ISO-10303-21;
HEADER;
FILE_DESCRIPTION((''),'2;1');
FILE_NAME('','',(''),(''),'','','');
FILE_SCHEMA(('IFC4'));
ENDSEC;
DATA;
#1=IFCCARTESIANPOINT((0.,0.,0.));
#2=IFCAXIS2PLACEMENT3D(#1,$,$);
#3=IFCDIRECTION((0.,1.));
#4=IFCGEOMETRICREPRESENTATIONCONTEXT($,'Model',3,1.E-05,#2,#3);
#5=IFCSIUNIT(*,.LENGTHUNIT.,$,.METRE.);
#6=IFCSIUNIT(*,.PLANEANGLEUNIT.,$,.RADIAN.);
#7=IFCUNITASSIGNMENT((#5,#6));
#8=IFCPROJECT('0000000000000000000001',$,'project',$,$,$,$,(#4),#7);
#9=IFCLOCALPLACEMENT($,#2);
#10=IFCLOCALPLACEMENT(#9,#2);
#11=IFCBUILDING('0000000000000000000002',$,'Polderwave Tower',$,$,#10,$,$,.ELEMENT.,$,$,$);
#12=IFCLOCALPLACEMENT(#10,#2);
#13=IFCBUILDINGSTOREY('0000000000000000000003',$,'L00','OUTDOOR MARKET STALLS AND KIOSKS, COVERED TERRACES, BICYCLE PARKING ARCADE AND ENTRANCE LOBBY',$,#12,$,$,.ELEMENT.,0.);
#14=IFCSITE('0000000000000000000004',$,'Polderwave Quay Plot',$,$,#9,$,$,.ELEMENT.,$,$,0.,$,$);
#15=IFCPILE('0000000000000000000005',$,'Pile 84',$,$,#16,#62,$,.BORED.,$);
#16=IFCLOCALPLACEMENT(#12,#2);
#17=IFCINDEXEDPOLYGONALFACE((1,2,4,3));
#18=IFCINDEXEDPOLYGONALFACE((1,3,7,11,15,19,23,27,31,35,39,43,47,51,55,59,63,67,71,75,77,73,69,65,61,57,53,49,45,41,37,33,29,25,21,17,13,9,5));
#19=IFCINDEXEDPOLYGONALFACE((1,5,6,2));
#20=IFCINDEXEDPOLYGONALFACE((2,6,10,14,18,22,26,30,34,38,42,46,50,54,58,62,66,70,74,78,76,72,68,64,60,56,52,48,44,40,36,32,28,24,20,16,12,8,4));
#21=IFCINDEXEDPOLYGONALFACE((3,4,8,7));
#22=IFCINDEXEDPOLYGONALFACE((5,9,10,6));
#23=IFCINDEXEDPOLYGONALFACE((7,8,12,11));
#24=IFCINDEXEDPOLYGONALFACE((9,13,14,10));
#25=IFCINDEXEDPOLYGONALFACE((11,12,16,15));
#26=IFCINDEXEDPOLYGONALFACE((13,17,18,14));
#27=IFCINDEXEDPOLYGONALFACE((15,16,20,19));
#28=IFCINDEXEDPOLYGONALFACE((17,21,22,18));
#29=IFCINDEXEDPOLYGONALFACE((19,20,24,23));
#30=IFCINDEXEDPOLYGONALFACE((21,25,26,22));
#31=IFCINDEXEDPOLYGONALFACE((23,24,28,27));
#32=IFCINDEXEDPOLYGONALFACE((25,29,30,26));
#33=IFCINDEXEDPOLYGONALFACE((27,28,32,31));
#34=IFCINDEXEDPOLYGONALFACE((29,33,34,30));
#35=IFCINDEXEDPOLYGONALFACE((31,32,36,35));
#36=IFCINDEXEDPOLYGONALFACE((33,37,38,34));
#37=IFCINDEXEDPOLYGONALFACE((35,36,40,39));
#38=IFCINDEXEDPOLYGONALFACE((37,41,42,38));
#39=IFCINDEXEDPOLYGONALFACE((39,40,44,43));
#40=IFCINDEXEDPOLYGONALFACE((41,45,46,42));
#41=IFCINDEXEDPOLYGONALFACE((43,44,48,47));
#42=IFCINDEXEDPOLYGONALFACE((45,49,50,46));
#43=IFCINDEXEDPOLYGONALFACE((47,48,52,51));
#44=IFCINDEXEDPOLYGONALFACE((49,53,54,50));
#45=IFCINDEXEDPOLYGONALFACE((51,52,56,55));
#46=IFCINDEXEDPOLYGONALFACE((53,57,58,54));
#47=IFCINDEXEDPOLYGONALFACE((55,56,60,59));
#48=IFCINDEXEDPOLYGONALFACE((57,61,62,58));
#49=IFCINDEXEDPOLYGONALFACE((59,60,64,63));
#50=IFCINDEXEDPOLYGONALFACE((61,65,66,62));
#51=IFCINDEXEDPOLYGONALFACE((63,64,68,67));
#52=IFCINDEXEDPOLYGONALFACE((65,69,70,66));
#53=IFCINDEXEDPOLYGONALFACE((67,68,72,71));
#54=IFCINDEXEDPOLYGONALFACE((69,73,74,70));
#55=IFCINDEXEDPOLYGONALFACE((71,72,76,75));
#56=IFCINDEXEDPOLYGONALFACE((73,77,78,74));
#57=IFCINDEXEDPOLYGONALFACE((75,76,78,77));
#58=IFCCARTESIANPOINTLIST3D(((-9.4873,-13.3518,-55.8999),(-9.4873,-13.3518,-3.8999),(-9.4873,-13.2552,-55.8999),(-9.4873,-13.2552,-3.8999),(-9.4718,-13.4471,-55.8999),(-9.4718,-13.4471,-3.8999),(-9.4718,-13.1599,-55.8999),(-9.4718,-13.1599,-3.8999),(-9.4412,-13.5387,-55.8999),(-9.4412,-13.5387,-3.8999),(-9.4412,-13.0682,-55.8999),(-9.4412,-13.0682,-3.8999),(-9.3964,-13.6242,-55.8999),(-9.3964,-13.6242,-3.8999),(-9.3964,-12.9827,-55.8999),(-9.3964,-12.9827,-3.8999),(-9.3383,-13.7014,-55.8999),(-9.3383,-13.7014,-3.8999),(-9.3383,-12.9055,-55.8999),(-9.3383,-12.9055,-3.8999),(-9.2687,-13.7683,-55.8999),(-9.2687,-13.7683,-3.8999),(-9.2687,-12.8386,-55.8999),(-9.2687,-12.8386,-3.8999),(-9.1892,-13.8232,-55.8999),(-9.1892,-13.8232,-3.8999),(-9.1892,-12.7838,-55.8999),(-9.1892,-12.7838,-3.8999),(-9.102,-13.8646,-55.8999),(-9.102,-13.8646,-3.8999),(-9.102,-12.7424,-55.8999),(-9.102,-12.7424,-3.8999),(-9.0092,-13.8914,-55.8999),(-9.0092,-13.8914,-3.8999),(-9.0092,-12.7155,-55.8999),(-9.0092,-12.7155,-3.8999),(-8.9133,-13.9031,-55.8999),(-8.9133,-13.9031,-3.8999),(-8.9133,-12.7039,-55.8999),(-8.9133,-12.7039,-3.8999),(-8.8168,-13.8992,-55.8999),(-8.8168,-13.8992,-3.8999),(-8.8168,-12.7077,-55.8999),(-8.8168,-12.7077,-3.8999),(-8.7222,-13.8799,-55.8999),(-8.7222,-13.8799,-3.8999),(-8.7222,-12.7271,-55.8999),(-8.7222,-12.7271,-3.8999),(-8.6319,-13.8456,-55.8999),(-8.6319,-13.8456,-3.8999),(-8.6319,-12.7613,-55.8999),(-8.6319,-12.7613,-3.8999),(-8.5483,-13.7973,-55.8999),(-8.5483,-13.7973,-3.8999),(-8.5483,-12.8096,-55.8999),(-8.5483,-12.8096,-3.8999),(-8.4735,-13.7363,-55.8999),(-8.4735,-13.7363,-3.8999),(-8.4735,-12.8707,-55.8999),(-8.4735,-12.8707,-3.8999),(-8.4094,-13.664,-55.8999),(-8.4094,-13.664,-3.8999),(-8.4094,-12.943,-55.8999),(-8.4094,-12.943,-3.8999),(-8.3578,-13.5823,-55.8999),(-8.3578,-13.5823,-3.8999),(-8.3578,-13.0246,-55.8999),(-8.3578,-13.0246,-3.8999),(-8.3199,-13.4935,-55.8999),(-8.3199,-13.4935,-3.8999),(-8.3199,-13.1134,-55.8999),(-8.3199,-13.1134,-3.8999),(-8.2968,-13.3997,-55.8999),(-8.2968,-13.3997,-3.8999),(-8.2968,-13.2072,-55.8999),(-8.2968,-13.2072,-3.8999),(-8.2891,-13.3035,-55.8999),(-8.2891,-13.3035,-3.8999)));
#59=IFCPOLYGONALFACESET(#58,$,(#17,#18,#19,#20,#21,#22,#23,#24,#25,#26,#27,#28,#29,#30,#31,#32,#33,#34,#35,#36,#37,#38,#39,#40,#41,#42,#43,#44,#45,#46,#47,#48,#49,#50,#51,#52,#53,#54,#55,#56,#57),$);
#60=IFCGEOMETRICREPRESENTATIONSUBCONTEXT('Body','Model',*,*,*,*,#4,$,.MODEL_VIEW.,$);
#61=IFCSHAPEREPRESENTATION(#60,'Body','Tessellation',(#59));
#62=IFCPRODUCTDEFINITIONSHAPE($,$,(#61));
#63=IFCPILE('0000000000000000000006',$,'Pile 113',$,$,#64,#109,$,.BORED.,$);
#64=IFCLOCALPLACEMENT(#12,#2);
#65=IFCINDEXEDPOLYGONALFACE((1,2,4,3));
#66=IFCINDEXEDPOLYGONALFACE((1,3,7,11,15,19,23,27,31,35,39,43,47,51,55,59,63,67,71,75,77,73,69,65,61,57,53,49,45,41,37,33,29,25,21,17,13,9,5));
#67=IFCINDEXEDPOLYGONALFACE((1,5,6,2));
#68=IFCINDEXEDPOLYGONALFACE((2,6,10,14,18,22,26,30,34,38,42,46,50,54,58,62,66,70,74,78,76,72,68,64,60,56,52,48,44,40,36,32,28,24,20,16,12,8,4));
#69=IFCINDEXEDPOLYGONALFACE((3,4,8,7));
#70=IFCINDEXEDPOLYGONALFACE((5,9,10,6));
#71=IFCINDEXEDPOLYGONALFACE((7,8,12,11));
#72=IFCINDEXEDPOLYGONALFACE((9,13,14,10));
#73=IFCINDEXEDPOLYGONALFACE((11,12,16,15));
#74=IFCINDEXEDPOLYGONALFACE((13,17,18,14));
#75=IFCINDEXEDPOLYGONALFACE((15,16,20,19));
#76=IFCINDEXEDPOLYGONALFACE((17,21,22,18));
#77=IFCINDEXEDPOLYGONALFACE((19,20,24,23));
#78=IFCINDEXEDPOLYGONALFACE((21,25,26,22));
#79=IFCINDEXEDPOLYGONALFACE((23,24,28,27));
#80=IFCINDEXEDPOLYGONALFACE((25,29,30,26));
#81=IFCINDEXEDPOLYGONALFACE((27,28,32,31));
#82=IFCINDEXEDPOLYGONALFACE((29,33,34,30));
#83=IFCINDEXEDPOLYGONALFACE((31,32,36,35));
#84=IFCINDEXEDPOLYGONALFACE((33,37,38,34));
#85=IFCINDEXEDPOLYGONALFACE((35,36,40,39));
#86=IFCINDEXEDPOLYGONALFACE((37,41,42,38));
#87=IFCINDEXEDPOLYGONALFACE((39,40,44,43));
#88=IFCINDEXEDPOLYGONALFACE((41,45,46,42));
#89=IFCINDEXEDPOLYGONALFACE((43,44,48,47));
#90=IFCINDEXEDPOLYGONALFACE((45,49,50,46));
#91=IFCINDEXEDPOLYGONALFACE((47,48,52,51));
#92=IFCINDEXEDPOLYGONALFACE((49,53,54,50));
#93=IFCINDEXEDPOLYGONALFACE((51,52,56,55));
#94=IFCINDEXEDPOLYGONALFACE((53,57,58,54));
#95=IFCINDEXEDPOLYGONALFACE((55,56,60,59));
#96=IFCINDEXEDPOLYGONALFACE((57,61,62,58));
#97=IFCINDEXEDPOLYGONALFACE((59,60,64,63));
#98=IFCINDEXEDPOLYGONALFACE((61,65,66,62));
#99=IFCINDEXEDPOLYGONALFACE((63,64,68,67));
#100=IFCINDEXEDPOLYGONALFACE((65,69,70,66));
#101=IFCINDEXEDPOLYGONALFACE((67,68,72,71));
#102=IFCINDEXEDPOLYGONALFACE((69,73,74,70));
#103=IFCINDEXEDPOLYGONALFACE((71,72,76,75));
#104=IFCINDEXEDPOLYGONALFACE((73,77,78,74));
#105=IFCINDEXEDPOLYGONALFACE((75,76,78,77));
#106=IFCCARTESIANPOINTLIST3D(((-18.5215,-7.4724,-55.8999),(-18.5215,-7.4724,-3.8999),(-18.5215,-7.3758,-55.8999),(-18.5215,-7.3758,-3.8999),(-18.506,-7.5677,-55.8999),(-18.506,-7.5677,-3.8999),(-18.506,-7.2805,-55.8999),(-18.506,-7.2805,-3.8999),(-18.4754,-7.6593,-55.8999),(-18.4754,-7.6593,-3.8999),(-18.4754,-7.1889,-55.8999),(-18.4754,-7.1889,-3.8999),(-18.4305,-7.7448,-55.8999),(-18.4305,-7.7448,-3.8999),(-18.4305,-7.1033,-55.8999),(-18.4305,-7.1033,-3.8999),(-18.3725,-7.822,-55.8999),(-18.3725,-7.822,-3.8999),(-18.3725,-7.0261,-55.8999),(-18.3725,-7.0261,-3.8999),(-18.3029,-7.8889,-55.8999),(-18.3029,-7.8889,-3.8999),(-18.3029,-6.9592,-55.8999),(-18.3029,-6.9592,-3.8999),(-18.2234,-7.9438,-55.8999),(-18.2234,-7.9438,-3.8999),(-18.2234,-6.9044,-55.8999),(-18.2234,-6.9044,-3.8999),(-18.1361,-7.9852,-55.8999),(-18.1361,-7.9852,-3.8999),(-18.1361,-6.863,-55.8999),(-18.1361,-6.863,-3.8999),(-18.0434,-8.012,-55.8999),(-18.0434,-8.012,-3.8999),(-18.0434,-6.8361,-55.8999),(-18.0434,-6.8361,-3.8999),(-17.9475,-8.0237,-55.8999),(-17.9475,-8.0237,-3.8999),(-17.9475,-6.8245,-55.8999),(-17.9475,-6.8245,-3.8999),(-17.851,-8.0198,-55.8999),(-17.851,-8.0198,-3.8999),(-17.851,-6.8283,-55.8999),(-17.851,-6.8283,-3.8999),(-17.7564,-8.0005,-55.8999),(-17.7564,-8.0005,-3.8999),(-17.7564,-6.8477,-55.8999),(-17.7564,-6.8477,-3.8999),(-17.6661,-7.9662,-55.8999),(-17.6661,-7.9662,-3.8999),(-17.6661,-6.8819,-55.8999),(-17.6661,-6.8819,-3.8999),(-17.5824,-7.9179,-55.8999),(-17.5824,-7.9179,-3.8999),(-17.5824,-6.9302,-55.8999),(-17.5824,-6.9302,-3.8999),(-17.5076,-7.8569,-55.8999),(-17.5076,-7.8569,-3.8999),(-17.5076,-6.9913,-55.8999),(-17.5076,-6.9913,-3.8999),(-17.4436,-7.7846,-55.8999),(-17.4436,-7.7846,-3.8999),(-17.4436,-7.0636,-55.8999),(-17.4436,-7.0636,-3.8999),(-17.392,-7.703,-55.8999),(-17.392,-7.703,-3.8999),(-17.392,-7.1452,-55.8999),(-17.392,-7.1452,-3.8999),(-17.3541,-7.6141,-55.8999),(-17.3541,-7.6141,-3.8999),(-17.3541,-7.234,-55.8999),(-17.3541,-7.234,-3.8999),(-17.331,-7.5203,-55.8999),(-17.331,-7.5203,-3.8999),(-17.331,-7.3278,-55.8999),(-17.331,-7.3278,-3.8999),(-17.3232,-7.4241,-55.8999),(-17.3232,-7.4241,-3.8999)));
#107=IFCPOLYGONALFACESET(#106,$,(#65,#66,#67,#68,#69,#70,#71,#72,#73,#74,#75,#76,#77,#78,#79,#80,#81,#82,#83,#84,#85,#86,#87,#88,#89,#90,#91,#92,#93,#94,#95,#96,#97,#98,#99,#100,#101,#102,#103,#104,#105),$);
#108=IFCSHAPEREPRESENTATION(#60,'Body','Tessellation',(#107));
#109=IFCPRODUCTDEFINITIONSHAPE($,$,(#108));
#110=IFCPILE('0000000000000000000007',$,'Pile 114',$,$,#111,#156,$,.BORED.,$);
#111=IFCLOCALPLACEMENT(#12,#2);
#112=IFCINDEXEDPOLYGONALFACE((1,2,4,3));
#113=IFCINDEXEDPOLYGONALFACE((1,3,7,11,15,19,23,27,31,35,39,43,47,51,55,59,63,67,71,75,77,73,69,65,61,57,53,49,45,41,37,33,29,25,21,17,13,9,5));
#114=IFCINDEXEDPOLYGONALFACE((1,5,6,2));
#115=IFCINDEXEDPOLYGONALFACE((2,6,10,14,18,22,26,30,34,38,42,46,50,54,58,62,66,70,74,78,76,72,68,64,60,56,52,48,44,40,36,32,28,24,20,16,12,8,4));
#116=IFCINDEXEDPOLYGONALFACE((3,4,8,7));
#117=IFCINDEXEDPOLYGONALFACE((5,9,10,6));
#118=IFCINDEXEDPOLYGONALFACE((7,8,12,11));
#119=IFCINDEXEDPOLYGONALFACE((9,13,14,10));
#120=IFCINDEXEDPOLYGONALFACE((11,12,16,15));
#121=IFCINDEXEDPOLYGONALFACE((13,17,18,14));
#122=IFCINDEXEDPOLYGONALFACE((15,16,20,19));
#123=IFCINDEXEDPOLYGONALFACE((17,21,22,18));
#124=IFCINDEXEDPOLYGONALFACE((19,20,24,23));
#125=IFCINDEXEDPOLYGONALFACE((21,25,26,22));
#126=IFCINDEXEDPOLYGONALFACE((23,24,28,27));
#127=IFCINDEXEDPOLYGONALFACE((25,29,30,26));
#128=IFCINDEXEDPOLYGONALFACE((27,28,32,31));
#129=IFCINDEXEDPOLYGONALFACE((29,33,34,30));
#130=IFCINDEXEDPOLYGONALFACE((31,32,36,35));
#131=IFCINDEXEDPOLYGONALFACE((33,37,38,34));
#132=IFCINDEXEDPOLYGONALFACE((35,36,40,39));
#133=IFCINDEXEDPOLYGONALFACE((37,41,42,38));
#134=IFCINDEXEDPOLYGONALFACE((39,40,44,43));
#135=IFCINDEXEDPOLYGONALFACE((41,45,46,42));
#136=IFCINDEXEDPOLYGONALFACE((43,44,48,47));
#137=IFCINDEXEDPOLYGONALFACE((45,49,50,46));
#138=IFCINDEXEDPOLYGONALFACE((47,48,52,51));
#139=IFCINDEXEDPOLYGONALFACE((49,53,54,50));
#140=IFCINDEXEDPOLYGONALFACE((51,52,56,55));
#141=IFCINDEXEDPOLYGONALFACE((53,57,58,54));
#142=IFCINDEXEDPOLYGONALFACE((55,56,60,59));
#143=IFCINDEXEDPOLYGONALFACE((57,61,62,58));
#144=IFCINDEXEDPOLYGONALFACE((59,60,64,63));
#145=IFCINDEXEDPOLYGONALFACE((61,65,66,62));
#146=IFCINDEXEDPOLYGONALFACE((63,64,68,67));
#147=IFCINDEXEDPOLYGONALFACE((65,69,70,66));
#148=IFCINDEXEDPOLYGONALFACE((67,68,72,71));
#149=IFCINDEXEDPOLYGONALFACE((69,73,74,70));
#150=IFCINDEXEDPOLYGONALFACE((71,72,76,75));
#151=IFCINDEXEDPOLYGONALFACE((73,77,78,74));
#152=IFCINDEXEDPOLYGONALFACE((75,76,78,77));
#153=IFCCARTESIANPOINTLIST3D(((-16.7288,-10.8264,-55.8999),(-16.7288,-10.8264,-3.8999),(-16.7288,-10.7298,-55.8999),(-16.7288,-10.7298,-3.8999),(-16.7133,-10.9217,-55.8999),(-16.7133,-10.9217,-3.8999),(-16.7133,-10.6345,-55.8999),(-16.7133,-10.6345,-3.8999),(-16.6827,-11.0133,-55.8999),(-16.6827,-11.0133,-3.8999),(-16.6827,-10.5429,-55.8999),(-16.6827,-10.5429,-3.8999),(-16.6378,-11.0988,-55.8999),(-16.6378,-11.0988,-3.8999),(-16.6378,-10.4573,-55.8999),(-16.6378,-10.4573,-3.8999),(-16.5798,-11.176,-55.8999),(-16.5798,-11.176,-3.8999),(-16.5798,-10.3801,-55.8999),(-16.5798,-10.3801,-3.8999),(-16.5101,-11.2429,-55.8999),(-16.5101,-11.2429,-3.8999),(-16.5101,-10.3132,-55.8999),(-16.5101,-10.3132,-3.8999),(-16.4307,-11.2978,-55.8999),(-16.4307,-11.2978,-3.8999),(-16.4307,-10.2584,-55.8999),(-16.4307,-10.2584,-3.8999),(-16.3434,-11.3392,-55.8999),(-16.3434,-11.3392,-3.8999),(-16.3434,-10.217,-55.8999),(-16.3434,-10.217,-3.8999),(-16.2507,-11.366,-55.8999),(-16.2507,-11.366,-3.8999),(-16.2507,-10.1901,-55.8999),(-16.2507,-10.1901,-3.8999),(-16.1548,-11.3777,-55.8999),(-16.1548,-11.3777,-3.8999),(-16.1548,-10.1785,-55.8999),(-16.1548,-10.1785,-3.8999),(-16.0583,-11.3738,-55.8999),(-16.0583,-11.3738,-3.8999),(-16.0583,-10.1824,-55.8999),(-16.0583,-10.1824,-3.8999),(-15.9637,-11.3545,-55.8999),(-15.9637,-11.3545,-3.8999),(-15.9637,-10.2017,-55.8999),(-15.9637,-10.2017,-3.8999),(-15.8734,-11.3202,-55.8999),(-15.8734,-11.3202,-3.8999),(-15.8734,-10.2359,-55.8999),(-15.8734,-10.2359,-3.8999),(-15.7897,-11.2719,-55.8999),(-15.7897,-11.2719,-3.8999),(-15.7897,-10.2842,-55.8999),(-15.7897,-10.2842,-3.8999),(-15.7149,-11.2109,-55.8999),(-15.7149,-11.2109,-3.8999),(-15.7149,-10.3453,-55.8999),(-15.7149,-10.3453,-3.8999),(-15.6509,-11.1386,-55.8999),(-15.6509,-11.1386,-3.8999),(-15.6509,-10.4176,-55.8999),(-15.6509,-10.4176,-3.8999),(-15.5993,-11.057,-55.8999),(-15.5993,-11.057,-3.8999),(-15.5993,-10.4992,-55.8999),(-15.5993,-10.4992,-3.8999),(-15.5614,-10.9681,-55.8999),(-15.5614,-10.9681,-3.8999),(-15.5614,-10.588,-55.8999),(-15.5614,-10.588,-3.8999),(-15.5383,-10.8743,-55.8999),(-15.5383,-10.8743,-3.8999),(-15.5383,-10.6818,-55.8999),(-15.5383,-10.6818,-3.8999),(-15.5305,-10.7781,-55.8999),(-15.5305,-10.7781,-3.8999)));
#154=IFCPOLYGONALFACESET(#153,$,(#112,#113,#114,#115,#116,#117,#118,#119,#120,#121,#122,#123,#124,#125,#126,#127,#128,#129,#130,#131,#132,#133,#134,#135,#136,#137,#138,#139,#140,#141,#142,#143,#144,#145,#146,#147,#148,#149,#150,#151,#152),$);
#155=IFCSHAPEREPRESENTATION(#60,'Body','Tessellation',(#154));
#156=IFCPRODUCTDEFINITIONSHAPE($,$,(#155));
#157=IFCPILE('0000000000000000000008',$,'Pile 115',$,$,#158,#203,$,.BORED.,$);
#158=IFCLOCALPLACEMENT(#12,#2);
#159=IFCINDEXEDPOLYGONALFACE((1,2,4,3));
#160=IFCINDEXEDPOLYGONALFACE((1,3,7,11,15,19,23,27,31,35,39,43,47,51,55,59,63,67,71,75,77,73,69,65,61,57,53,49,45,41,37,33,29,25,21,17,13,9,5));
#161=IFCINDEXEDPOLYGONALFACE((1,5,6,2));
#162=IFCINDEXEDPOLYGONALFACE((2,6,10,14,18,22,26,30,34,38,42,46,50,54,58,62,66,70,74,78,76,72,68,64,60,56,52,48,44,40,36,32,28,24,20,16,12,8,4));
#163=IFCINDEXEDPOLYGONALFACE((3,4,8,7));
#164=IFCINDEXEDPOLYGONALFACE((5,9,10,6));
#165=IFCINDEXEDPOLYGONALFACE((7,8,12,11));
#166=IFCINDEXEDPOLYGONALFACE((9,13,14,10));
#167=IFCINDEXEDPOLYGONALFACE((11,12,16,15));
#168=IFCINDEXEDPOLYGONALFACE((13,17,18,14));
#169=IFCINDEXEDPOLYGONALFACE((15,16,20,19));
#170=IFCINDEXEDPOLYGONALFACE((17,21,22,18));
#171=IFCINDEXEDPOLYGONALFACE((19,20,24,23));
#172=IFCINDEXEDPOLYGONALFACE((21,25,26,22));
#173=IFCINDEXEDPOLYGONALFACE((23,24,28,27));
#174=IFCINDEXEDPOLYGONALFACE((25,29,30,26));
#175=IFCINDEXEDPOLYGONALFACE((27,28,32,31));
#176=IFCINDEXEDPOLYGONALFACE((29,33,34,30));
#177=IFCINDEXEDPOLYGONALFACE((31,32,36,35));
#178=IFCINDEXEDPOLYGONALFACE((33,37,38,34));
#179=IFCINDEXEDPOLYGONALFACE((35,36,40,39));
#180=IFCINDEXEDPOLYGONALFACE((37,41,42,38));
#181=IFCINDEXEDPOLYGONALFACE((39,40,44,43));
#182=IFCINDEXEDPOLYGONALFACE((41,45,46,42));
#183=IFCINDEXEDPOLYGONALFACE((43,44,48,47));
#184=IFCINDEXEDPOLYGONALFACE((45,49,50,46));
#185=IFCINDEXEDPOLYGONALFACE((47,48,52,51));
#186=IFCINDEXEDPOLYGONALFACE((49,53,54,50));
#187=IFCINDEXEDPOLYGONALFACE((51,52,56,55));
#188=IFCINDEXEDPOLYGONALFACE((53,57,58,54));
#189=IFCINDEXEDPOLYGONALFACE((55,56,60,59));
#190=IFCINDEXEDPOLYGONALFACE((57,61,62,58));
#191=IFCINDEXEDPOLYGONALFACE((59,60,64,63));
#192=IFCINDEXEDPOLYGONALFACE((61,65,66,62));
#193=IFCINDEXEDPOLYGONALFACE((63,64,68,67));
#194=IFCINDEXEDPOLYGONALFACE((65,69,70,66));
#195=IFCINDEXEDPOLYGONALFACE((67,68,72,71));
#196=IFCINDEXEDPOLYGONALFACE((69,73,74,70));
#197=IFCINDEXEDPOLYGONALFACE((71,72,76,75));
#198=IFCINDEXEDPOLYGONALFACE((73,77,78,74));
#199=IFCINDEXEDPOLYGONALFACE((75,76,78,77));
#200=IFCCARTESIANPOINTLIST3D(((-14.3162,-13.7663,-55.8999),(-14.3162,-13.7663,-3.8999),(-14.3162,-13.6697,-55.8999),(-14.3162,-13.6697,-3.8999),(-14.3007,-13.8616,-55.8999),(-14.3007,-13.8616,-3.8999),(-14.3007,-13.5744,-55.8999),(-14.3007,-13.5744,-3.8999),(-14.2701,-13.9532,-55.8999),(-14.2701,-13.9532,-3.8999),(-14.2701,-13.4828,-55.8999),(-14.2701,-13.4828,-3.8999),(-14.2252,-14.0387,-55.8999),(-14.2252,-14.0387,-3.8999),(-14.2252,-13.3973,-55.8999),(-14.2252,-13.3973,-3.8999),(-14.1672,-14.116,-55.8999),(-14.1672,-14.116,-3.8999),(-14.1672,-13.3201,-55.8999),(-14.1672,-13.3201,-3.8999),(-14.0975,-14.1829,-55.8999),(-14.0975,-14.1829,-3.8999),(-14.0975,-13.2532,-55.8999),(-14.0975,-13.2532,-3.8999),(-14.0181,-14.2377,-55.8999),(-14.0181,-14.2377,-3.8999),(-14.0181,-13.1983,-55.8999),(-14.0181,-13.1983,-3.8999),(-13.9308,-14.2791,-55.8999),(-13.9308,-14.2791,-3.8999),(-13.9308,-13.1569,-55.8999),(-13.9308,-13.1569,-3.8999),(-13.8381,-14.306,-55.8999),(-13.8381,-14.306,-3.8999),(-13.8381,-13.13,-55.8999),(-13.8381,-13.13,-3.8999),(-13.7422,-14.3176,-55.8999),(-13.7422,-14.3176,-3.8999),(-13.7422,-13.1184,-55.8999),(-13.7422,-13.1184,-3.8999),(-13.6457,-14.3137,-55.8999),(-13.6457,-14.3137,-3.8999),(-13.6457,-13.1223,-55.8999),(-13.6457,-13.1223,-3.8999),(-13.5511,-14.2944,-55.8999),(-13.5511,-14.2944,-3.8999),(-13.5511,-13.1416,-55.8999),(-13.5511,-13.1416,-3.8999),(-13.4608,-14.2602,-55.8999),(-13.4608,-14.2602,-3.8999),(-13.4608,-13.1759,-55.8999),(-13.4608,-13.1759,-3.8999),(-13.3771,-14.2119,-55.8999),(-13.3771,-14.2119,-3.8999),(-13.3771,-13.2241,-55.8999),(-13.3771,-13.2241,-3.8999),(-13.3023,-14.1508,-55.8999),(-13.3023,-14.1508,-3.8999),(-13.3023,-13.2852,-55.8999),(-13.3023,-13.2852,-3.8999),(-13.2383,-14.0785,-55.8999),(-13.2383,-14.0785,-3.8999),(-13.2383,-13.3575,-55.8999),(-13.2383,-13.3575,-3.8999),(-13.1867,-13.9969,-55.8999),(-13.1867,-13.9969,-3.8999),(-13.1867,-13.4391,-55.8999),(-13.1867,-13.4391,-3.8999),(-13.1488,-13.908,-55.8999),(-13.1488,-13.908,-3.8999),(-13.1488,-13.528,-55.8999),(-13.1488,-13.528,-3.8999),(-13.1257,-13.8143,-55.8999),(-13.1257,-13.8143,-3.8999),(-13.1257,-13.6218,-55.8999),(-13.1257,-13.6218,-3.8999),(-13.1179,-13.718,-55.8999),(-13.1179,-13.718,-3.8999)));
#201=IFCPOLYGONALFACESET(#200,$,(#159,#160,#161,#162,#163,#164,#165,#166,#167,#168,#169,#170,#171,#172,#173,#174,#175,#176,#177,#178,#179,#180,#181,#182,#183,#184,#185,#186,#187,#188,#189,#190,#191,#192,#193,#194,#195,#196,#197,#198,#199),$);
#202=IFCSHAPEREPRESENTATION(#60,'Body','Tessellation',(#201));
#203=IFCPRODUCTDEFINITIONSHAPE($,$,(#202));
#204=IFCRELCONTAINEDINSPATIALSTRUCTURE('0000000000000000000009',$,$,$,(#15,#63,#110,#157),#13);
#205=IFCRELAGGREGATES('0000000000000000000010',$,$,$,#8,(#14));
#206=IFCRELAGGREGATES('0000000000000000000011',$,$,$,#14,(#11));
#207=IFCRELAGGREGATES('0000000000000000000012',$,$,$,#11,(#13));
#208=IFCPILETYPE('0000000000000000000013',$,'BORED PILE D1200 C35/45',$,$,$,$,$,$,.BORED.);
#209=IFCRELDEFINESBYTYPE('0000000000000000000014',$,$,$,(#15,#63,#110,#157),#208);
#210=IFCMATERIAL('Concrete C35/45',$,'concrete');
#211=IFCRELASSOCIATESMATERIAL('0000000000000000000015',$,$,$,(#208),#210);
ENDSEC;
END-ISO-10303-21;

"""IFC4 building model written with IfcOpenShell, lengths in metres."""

from ifc_helpers import new_model, si_unit, direction, frame, origin, origin_2d, place, context, subcontext, project, spatial, circle, extrude, material, material_profile, profile_set, type_object, element, save


model = new_model("IFC4")

# Units and contexts
model_context = context("Model", 3, precision=1e-05, world=origin(), true_north=direction((0.0, 1.0)))
body_context = subcontext(model_context, "Body", "Model", "MODEL_VIEW")
ifc_project = project(units=[si_unit("LENGTHUNIT", "METRE"), si_unit("PLANEANGLEUNIT", "RADIAN")], contexts=[model_context])

# Site, building, storey
site_placement = place(None, origin())
site = spatial("IfcSite", under=ifc_project, at=site_placement, Name="Polderwave Quay Plot", CompositionType="ELEMENT", RefElevation=0.0)
building_placement = place(site_placement, origin())
building = spatial("IfcBuilding", under=site, at=building_placement, Name="Polderwave Tower", CompositionType="ELEMENT")
storey_placement = place(building_placement, origin())
storey = spatial("IfcBuildingStorey", under=building, at=storey_placement, Name="L00", Description="OUTDOOR MARKET STALLS AND KIOSKS, COVERED TERRACES, BICYCLE PARKING ARCADE AND ENTRANCE LOBBY", CompositionType="ELEMENT", Elevation=0.0)

# Piles
ifc_material_1 = material(Name="Concrete C35/45", Category="concrete")
ifc_material_profile_1 = material_profile(ifc_material_1, circle(Radius=0.6001, at=origin_2d()), Name="BORED D1200")
ifc_profile_set_1 = profile_set([ifc_material_profile_1], Name="Concrete C35/45")
pile_type = type_object("IfcPileType", Name="BORED PILE D1200 C35/45", PredefinedType="BORED", material=ifc_profile_set_1)
for number, where, z_axis, x_axis, name in (
    (1, (-8.8892, -13.3035, -3.8999), (0.0, 0.0, -1.0), (1.0, 0.0, 0.0), "Pile 84"),
    (2, (-17.9233, -7.4241, -3.8999), (0.0, 0.0, -1.0), (1.0, 0.0, 0.0), "Pile 113"),
    (3, (-16.1306, -10.7781, -3.8999), (0.0, 0.0, -1.0), (1.0, 0.0, 0.0), "Pile 114"),
    (4, (-13.718, -13.718, -3.8999), (0.0, 0.0, -1.0), (1.0, 0.0, 0.0), "Pile 115"),
):
    element("IfcPile", number, at=place(storey_placement, frame(where, z_axis=z_axis, x_axis=x_axis)), inside=storey, type_object=pile_type, Name=name, PredefinedType="BORED", context=body_context, shape_type="SweptSolid", body=[
        extrude(circle(Radius=0.6001, at=origin_2d()), origin(), (0.0, 0.0, 1.0), 52.0),
    ])

save(model, "model.ifc")
